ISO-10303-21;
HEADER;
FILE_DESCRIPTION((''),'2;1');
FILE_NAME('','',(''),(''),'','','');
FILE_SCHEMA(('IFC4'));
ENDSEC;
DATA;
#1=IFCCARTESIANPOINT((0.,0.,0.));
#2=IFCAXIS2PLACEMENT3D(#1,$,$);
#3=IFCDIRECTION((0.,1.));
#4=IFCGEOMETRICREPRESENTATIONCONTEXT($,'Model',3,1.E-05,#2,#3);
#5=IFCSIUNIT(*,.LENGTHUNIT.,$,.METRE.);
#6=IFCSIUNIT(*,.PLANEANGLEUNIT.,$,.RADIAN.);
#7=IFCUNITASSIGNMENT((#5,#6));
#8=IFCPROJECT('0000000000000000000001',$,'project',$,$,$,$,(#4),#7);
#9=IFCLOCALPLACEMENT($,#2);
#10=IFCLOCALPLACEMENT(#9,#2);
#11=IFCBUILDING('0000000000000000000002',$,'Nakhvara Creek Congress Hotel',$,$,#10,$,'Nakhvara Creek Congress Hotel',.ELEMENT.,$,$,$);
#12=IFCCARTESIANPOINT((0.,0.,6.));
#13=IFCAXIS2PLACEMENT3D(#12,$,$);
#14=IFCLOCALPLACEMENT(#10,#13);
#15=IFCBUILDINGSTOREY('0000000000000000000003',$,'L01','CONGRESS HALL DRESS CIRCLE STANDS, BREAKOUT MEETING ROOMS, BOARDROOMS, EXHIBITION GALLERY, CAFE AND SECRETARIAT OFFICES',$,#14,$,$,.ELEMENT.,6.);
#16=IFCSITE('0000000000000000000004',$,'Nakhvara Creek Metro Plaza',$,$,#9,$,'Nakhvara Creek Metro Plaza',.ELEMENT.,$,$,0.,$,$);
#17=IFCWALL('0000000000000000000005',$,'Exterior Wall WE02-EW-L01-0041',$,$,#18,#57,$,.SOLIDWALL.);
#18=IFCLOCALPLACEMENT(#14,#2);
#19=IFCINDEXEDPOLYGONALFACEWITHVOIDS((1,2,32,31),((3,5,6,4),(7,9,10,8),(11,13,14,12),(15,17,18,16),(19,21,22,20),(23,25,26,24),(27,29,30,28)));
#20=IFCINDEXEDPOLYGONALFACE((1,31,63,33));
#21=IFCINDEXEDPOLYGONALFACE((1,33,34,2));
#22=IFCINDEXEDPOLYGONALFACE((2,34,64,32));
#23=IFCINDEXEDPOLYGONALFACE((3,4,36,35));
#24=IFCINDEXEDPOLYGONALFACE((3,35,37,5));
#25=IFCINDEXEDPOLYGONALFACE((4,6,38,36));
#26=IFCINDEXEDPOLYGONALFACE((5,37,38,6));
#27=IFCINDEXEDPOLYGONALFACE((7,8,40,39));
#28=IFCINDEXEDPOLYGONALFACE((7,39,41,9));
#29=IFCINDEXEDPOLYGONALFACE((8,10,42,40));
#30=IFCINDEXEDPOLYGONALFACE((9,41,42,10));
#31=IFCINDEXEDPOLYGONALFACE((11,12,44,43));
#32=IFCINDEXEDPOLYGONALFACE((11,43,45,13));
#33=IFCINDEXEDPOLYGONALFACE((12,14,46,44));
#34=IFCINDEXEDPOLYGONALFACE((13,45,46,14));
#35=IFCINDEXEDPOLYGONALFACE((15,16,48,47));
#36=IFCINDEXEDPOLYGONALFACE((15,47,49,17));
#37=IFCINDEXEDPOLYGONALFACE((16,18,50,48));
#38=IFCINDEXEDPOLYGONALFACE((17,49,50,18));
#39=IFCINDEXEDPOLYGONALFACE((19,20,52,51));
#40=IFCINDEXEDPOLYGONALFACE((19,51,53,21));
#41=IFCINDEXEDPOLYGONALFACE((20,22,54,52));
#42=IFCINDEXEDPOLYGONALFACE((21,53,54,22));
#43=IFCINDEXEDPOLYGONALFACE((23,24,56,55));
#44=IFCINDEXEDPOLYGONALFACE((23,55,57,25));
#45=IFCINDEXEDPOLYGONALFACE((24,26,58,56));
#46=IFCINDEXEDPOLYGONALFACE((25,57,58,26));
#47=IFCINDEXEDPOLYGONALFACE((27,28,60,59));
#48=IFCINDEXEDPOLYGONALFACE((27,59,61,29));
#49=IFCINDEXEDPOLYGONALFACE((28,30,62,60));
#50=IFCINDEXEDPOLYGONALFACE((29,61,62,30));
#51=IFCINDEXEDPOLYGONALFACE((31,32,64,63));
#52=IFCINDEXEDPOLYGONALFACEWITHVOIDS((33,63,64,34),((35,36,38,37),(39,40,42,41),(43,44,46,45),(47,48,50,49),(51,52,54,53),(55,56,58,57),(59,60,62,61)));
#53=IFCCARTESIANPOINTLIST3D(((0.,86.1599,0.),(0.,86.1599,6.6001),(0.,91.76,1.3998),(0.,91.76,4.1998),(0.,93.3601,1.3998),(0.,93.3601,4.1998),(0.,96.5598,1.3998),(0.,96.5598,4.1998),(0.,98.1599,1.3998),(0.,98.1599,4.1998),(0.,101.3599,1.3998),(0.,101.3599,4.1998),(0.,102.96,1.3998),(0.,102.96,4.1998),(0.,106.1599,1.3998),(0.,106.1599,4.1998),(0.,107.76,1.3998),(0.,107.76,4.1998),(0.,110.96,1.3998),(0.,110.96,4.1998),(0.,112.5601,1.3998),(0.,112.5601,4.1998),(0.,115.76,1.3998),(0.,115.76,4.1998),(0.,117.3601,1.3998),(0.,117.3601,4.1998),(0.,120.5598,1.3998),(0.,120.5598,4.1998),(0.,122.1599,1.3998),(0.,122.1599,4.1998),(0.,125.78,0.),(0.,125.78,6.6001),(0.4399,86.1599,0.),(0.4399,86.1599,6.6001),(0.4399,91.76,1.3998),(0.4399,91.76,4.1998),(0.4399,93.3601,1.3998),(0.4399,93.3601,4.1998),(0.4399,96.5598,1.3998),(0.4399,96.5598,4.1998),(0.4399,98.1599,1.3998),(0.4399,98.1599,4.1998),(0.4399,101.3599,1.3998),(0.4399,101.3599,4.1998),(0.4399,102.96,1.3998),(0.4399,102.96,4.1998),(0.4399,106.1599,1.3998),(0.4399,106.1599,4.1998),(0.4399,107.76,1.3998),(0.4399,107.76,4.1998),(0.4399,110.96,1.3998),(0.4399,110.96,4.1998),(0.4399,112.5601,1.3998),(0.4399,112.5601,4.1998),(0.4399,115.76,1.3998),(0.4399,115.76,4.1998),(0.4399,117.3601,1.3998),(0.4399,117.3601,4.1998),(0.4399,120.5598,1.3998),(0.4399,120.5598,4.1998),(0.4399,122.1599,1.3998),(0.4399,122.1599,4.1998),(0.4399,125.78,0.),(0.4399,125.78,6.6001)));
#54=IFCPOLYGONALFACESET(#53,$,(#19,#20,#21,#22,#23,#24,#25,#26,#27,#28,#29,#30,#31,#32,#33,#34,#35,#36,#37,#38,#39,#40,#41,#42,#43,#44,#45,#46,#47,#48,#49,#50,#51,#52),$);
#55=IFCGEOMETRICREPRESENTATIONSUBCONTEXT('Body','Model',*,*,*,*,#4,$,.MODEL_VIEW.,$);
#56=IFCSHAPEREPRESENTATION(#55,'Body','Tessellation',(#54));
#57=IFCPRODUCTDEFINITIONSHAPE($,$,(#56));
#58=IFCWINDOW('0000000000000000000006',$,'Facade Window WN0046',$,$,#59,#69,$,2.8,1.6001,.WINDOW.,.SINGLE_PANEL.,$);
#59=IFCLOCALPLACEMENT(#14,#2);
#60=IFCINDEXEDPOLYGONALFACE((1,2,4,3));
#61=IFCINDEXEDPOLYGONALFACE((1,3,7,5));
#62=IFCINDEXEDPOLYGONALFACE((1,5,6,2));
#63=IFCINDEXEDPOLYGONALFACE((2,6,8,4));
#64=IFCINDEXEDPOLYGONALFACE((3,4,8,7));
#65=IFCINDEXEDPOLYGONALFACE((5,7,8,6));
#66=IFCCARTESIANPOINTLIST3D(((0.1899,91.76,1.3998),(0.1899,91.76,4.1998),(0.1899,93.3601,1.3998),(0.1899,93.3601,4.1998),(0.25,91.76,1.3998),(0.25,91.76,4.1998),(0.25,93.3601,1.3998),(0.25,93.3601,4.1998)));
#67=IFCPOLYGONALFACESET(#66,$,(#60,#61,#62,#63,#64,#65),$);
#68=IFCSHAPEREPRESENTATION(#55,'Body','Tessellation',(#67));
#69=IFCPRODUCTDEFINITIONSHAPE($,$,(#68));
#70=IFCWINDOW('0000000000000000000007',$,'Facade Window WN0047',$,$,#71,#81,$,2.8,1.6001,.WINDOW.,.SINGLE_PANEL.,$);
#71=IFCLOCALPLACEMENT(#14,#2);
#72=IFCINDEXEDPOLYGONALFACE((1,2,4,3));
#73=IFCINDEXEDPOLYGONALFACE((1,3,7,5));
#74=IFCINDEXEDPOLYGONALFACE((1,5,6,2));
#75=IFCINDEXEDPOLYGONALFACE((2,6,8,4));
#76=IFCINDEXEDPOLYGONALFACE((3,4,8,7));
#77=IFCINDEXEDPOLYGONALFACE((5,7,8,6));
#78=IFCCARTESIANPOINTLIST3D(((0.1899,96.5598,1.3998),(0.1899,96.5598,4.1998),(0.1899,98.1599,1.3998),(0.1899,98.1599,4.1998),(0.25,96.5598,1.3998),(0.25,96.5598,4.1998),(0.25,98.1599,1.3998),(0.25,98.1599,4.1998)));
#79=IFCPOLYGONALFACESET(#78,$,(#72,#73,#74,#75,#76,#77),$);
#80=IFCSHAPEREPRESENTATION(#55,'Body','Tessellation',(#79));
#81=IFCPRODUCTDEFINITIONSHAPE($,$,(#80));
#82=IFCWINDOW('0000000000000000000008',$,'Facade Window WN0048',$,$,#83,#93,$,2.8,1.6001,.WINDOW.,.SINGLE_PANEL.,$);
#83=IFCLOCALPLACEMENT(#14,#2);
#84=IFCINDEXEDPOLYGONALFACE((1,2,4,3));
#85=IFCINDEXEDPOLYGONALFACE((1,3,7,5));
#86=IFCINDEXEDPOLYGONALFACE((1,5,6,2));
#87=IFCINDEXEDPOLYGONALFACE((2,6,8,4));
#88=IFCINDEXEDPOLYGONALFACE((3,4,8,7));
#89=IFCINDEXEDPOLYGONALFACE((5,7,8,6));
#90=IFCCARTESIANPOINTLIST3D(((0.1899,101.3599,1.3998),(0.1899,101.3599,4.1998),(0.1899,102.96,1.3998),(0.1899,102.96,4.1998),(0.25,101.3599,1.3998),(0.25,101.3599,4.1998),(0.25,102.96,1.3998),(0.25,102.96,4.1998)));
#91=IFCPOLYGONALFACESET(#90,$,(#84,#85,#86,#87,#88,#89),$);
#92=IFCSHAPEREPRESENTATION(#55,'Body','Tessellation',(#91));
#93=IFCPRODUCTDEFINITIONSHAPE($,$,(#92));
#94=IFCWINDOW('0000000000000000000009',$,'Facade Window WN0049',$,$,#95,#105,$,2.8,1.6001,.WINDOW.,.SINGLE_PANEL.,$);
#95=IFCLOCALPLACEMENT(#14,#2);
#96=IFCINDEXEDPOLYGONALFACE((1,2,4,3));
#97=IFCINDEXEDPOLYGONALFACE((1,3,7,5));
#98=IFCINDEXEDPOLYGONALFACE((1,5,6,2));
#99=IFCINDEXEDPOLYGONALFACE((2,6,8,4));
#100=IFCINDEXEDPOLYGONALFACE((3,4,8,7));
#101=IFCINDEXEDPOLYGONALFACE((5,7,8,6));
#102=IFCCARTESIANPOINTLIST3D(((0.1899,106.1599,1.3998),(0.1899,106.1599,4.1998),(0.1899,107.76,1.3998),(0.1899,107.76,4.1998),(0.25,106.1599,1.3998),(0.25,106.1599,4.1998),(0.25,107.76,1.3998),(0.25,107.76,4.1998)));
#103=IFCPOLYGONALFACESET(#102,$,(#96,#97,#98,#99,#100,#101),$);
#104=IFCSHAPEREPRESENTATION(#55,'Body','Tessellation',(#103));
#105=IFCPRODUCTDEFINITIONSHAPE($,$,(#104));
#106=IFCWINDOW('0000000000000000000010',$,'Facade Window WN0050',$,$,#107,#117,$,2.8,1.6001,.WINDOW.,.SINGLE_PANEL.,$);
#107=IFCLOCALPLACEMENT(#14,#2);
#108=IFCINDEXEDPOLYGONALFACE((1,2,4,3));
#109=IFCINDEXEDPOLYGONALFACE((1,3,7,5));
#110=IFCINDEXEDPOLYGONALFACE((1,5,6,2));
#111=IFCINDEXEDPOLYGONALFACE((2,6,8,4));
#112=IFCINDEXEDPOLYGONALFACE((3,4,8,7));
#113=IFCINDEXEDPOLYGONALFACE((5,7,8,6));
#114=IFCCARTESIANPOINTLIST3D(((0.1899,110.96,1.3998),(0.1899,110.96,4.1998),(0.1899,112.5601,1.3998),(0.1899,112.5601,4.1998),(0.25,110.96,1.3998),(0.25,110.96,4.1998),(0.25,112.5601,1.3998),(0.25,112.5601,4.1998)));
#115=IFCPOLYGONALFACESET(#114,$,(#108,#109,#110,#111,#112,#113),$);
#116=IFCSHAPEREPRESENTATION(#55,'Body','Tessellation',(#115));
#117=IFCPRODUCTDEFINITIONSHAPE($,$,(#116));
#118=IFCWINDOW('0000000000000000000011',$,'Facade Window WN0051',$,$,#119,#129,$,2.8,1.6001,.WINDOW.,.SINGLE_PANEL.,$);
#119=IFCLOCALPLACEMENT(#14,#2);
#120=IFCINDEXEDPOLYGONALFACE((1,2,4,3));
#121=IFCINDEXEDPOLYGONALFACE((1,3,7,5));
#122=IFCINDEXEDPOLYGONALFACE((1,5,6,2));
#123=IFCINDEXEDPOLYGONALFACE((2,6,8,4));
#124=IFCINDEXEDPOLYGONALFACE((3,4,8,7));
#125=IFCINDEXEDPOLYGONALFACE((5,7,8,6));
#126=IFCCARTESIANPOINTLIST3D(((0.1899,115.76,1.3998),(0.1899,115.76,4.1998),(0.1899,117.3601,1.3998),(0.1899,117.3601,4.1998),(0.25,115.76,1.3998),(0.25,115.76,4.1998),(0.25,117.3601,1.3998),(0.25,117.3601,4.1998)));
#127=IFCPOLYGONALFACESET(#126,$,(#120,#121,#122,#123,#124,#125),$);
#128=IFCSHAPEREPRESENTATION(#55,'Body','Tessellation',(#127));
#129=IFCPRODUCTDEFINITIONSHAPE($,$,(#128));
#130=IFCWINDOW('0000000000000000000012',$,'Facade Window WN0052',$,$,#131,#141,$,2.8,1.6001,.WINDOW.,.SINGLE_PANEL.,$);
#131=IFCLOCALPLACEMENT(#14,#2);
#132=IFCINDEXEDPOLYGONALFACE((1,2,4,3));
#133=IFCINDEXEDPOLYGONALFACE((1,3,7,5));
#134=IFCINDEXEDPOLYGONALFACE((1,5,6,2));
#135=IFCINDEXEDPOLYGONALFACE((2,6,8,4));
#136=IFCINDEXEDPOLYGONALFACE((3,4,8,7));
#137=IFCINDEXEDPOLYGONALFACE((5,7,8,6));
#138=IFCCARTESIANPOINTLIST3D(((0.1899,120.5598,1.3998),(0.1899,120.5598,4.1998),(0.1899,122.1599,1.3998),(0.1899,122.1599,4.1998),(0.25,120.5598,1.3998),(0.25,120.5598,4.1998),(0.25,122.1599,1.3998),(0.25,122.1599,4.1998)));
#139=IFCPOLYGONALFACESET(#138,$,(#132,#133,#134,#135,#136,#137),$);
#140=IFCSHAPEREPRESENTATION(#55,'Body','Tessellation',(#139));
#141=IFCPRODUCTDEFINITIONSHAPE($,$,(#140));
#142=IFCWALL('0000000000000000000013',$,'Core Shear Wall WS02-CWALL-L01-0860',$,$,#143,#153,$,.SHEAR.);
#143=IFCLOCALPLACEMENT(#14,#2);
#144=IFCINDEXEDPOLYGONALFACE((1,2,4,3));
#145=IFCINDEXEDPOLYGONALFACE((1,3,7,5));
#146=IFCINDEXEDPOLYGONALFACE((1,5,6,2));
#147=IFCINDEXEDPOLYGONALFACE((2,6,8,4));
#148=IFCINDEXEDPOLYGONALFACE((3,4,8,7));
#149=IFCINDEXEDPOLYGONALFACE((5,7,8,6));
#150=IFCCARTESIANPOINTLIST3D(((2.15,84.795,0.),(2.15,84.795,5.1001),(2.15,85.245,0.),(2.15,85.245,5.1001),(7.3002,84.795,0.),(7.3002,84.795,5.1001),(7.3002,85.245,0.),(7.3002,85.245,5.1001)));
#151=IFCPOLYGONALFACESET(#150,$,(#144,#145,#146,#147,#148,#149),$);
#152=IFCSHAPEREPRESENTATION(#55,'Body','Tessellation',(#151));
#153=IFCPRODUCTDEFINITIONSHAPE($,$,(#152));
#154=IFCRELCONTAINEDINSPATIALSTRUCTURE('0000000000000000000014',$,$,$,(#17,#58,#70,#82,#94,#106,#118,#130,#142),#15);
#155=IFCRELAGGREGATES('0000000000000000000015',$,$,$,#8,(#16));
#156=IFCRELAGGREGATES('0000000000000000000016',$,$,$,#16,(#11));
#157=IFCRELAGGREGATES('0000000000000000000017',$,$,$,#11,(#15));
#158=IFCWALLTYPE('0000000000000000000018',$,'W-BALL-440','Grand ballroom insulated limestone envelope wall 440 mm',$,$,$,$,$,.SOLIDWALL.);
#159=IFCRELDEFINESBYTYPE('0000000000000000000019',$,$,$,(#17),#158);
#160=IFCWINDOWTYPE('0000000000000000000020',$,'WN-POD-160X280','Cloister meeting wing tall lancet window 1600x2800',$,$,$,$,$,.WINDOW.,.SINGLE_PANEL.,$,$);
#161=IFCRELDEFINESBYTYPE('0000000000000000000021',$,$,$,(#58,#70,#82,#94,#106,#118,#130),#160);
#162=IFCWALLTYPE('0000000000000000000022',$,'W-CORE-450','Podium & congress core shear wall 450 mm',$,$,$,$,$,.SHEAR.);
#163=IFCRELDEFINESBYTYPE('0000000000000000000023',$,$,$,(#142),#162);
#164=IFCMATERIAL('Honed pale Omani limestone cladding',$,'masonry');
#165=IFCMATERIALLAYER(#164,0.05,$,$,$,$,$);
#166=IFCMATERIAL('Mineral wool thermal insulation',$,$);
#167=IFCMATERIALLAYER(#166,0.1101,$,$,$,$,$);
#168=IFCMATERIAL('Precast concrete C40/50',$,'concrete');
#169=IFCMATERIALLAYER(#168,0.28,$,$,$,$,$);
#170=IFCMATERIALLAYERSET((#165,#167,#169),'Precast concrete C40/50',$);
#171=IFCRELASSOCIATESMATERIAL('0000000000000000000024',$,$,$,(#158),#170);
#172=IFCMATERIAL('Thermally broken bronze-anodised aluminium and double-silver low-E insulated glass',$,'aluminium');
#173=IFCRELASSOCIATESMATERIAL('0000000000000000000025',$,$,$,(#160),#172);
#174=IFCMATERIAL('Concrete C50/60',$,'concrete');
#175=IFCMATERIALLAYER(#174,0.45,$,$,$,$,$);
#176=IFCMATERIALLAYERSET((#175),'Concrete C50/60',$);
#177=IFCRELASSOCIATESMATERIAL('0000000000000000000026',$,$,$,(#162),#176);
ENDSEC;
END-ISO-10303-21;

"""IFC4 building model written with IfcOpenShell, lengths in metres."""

from ifc_helpers import new_model, si_unit, direction, frame, frame_2d, origin, place, context, subcontext, project, spatial, rectangle, extrude, material, layer, layer_set, type_object, element, fill, save


model = new_model("IFC4")

# Units and contexts
model_context = context("Model", 3, precision=1e-05, world=origin(), true_north=direction((0.0, 1.0)))
body_context = subcontext(model_context, "Body", "Model", "MODEL_VIEW")
ifc_project = project(units=[si_unit("LENGTHUNIT", "METRE"), si_unit("PLANEANGLEUNIT", "RADIAN")], contexts=[model_context])

# Site, building, storey
site_placement = place(None, origin())
site = spatial("IfcSite", under=ifc_project, at=site_placement, Name="Nakhvara Creek Metro Plaza", LongName="Nakhvara Creek Metro Plaza", CompositionType="ELEMENT", RefElevation=0.0)
building_placement = place(site_placement, origin())
building = spatial("IfcBuilding", under=site, at=building_placement, Name="Nakhvara Creek Congress Hotel", LongName="Nakhvara Creek Congress Hotel", CompositionType="ELEMENT")
storey_placement = place(building_placement, frame((0.0, 0.0, 6.0)))
storey = spatial("IfcBuildingStorey", under=building, at=storey_placement, Name="L01", Description="CONGRESS HALL DRESS CIRCLE STANDS, BREAKOUT MEETING ROOMS, BOARDROOMS, EXHIBITION GALLERY, CAFE AND SECRETARIAT OFFICES", CompositionType="ELEMENT", Elevation=6.0)

# Shared definitions
ifc_material_1 = material(Name="Concrete C50/60", Category="concrete")

# Wall, openings, windows
ifc_material_2 = material(Name="Honed pale Omani limestone cladding", Category="masonry")
ifc_layer_1 = layer(ifc_material_2, 0.05)
ifc_material_3 = material(Name="Mineral wool thermal insulation")
ifc_layer_2 = layer(ifc_material_3, 0.1101)
ifc_material_4 = material(Name="Precast concrete C40/50", Category="concrete")
ifc_layer_3 = layer(ifc_material_4, 0.28)
ifc_layer_set_1 = layer_set([ifc_layer_1, ifc_layer_2, ifc_layer_3], Name="Precast concrete C40/50")
wall_type_1 = type_object("IfcWallType", Name="W-BALL-440", Description="Grand ballroom insulated limestone envelope wall 440 mm", PredefinedType="SOLIDWALL", material=ifc_layer_set_1)
wall_1_placement = place(storey_placement, frame((0.22, 86.1599, 0.0), z_axis=(0.0, 0.0, 1.0), x_axis=(0.0, 1.0, 0.0)))
wall_1 = element("IfcWall", 1, at=wall_1_placement, inside=storey, type_object=wall_type_1, Name="Exterior Wall WE02-EW-L01-0041", PredefinedType="SOLIDWALL", context=body_context, shape_type="SweptSolid", body=[
    extrude(rectangle(XDim=39.6201, YDim=0.4399, at=frame_2d((19.8101, 0.0))), origin(), (0.0, 0.0, 1.0), 6.6001),
])
opening_1_placement = place(wall_1_placement, frame((5.6001, 0.0, 1.3999)))
opening_1 = element("IfcOpeningElement", 2, at=opening_1_placement, cuts=wall_1, PredefinedType="OPENING", context=body_context, shape_type="SweptSolid", body=[
    extrude(rectangle(XDim=1.6001, YDim=2.8, at=frame_2d((0.8, 1.3999))), frame((0.0, 0.2319, 0.0), z_axis=(0.0, -1.0, 0.0), x_axis=(1.0, 0.0, 0.0)), (0.0, 0.0, 1.0), 0.4639),
])
opening_2_placement = place(wall_1_placement, frame((10.3999, 0.0, 1.3999)))
opening_2 = element("IfcOpeningElement", 3, at=opening_2_placement, cuts=wall_1, PredefinedType="OPENING", context=body_context, shape_type="SweptSolid", body=[
    extrude(rectangle(XDim=1.6001, YDim=2.8, at=frame_2d((0.8, 1.3999))), frame((0.0, 0.2319, 0.0), z_axis=(0.0, -1.0, 0.0), x_axis=(1.0, 0.0, 0.0)), (0.0, 0.0, 1.0), 0.4639),
])
opening_3_placement = place(wall_1_placement, frame((15.2, 0.0, 1.3999)))
opening_3 = element("IfcOpeningElement", 4, at=opening_3_placement, cuts=wall_1, PredefinedType="OPENING", context=body_context, shape_type="SweptSolid", body=[
    extrude(rectangle(XDim=1.6001, YDim=2.8, at=frame_2d((0.8, 1.3999))), frame((0.0, 0.2319, 0.0), z_axis=(0.0, -1.0, 0.0), x_axis=(1.0, 0.0, 0.0)), (0.0, 0.0, 1.0), 0.4639),
])
opening_4_placement = place(wall_1_placement, frame((20.0, 0.0, 1.3999)))
opening_4 = element("IfcOpeningElement", 5, at=opening_4_placement, cuts=wall_1, PredefinedType="OPENING", context=body_context, shape_type="SweptSolid", body=[
    extrude(rectangle(XDim=1.6001, YDim=2.8, at=frame_2d((0.8, 1.3999))), frame((0.0, 0.2319, 0.0), z_axis=(0.0, -1.0, 0.0), x_axis=(1.0, 0.0, 0.0)), (0.0, 0.0, 1.0), 0.4639),
])
opening_5_placement = place(wall_1_placement, frame((24.8, 0.0, 1.3999)))
opening_5 = element("IfcOpeningElement", 6, at=opening_5_placement, cuts=wall_1, PredefinedType="OPENING", context=body_context, shape_type="SweptSolid", body=[
    extrude(rectangle(XDim=1.6001, YDim=2.8, at=frame_2d((0.8, 1.3999))), frame((0.0, 0.2319, 0.0), z_axis=(0.0, -1.0, 0.0), x_axis=(1.0, 0.0, 0.0)), (0.0, 0.0, 1.0), 0.4639),
])
opening_6_placement = place(wall_1_placement, frame((29.6001, 0.0, 1.3999)))
opening_6 = element("IfcOpeningElement", 7, at=opening_6_placement, cuts=wall_1, PredefinedType="OPENING", context=body_context, shape_type="SweptSolid", body=[
    extrude(rectangle(XDim=1.6001, YDim=2.8, at=frame_2d((0.8, 1.3999))), frame((0.0, 0.2319, 0.0), z_axis=(0.0, -1.0, 0.0), x_axis=(1.0, 0.0, 0.0)), (0.0, 0.0, 1.0), 0.4639),
])
opening_7_placement = place(wall_1_placement, frame((34.3999, 0.0, 1.3999)))
opening_7 = element("IfcOpeningElement", 8, at=opening_7_placement, cuts=wall_1, PredefinedType="OPENING", context=body_context, shape_type="SweptSolid", body=[
    extrude(rectangle(XDim=1.6001, YDim=2.8, at=frame_2d((0.8, 1.3999))), frame((0.0, 0.2319, 0.0), z_axis=(0.0, -1.0, 0.0), x_axis=(1.0, 0.0, 0.0)), (0.0, 0.0, 1.0), 0.4639),
])
ifc_material_5 = material(Name="Thermally broken bronze-anodised aluminium and double-silver low-E insulated glass", Category="aluminium")
window_type = type_object("IfcWindowType", Name="WN-POD-160X280", Description="Cloister meeting wing tall lancet window 1600x2800", PartitioningType="SINGLE_PANEL", PredefinedType="WINDOW", material=ifc_material_5)
window_1_placement = place(opening_1_placement, origin())
window_1 = element("IfcWindow", 9, at=window_1_placement, inside=storey, type_object=window_type, Name="Facade Window WN0046", OverallHeight=2.8, OverallWidth=1.6001, PartitioningType="SINGLE_PANEL", PredefinedType="WINDOW", context=body_context, shape_type="SweptSolid", body=[
    extrude(rectangle(XDim=1.6001, YDim=2.8, at=frame_2d((0.8, 1.3999))), frame((0.0, 0.03, 0.0), z_axis=(0.0, -1.0, 0.0), x_axis=(1.0, 0.0, 0.0)), (0.0, 0.0, 1.0), 0.0601),
])
fill(opening_1, window_1)
window_2_placement = place(opening_2_placement, origin())
window_2 = element("IfcWindow", 10, at=window_2_placement, inside=storey, type_object=window_type, Name="Facade Window WN0047", OverallHeight=2.8, OverallWidth=1.6001, PartitioningType="SINGLE_PANEL", PredefinedType="WINDOW", context=body_context, shape_type="SweptSolid", body=[
    extrude(rectangle(XDim=1.6001, YDim=2.8, at=frame_2d((0.8, 1.3999))), frame((0.0, 0.03, 0.0), z_axis=(0.0, -1.0, 0.0), x_axis=(1.0, 0.0, 0.0)), (0.0, 0.0, 1.0), 0.0601),
])
fill(opening_2, window_2)
window_3_placement = place(opening_3_placement, origin())
window_3 = element("IfcWindow", 11, at=window_3_placement, inside=storey, type_object=window_type, Name="Facade Window WN0048", OverallHeight=2.8, OverallWidth=1.6001, PartitioningType="SINGLE_PANEL", PredefinedType="WINDOW", context=body_context, shape_type="SweptSolid", body=[
    extrude(rectangle(XDim=1.6001, YDim=2.8, at=frame_2d((0.8, 1.3999))), frame((0.0, 0.03, 0.0), z_axis=(0.0, -1.0, 0.0), x_axis=(1.0, 0.0, 0.0)), (0.0, 0.0, 1.0), 0.0601),
])
fill(opening_3, window_3)
window_4_placement = place(opening_4_placement, origin())
window_4 = element("IfcWindow", 12, at=window_4_placement, inside=storey, type_object=window_type, Name="Facade Window WN0049", OverallHeight=2.8, OverallWidth=1.6001, PartitioningType="SINGLE_PANEL", PredefinedType="WINDOW", context=body_context, shape_type="SweptSolid", body=[
    extrude(rectangle(XDim=1.6001, YDim=2.8, at=frame_2d((0.8, 1.3999))), frame((0.0, 0.03, 0.0), z_axis=(0.0, -1.0, 0.0), x_axis=(1.0, 0.0, 0.0)), (0.0, 0.0, 1.0), 0.0601),
])
fill(opening_4, window_4)
window_5_placement = place(opening_5_placement, origin())
window_5 = element("IfcWindow", 13, at=window_5_placement, inside=storey, type_object=window_type, Name="Facade Window WN0050", OverallHeight=2.8, OverallWidth=1.6001, PartitioningType="SINGLE_PANEL", PredefinedType="WINDOW", context=body_context, shape_type="SweptSolid", body=[
    extrude(rectangle(XDim=1.6001, YDim=2.8, at=frame_2d((0.8, 1.3999))), frame((0.0, 0.03, 0.0), z_axis=(0.0, -1.0, 0.0), x_axis=(1.0, 0.0, 0.0)), (0.0, 0.0, 1.0), 0.0601),
])
fill(opening_5, window_5)
window_6_placement = place(opening_6_placement, origin())
window_6 = element("IfcWindow", 14, at=window_6_placement, inside=storey, type_object=window_type, Name="Facade Window WN0051", OverallHeight=2.8, OverallWidth=1.6001, PartitioningType="SINGLE_PANEL", PredefinedType="WINDOW", context=body_context, shape_type="SweptSolid", body=[
    extrude(rectangle(XDim=1.6001, YDim=2.8, at=frame_2d((0.8, 1.3999))), frame((0.0, 0.03, 0.0), z_axis=(0.0, -1.0, 0.0), x_axis=(1.0, 0.0, 0.0)), (0.0, 0.0, 1.0), 0.0601),
])
fill(opening_6, window_6)
window_7_placement = place(opening_7_placement, origin())
window_7 = element("IfcWindow", 15, at=window_7_placement, inside=storey, type_object=window_type, Name="Facade Window WN0052", OverallHeight=2.8, OverallWidth=1.6001, PartitioningType="SINGLE_PANEL", PredefinedType="WINDOW", context=body_context, shape_type="SweptSolid", body=[
    extrude(rectangle(XDim=1.6001, YDim=2.8, at=frame_2d((0.8, 1.3999))), frame((0.0, 0.03, 0.0), z_axis=(0.0, -1.0, 0.0), x_axis=(1.0, 0.0, 0.0)), (0.0, 0.0, 1.0), 0.0601),
])
fill(opening_7, window_7)

# Wall
ifc_layer_4 = layer(ifc_material_1, 0.45)
ifc_layer_set_2 = layer_set([ifc_layer_4], Name="Concrete C50/60")
wall_type_2 = type_object("IfcWallType", Name="W-CORE-450", Description="Podium & congress core shear wall 450 mm", PredefinedType="SHEAR", material=ifc_layer_set_2)
wall_2_placement = place(storey_placement, frame((2.1499, 85.02, 0.0), z_axis=(0.0, 0.0, 1.0), x_axis=(1.0, 0.0, 0.0)))
element("IfcWall", 16, at=wall_2_placement, inside=storey, type_object=wall_type_2, Name="Core Shear Wall WS02-CWALL-L01-0860", PredefinedType="SHEAR", context=body_context, shape_type="SweptSolid", body=[
    extrude(rectangle(XDim=5.1501, YDim=0.45, at=frame_2d((2.5752, 0.0))), origin(), (0.0, 0.0, 1.0), 5.1001),
])

save(model, "model.ifc")
